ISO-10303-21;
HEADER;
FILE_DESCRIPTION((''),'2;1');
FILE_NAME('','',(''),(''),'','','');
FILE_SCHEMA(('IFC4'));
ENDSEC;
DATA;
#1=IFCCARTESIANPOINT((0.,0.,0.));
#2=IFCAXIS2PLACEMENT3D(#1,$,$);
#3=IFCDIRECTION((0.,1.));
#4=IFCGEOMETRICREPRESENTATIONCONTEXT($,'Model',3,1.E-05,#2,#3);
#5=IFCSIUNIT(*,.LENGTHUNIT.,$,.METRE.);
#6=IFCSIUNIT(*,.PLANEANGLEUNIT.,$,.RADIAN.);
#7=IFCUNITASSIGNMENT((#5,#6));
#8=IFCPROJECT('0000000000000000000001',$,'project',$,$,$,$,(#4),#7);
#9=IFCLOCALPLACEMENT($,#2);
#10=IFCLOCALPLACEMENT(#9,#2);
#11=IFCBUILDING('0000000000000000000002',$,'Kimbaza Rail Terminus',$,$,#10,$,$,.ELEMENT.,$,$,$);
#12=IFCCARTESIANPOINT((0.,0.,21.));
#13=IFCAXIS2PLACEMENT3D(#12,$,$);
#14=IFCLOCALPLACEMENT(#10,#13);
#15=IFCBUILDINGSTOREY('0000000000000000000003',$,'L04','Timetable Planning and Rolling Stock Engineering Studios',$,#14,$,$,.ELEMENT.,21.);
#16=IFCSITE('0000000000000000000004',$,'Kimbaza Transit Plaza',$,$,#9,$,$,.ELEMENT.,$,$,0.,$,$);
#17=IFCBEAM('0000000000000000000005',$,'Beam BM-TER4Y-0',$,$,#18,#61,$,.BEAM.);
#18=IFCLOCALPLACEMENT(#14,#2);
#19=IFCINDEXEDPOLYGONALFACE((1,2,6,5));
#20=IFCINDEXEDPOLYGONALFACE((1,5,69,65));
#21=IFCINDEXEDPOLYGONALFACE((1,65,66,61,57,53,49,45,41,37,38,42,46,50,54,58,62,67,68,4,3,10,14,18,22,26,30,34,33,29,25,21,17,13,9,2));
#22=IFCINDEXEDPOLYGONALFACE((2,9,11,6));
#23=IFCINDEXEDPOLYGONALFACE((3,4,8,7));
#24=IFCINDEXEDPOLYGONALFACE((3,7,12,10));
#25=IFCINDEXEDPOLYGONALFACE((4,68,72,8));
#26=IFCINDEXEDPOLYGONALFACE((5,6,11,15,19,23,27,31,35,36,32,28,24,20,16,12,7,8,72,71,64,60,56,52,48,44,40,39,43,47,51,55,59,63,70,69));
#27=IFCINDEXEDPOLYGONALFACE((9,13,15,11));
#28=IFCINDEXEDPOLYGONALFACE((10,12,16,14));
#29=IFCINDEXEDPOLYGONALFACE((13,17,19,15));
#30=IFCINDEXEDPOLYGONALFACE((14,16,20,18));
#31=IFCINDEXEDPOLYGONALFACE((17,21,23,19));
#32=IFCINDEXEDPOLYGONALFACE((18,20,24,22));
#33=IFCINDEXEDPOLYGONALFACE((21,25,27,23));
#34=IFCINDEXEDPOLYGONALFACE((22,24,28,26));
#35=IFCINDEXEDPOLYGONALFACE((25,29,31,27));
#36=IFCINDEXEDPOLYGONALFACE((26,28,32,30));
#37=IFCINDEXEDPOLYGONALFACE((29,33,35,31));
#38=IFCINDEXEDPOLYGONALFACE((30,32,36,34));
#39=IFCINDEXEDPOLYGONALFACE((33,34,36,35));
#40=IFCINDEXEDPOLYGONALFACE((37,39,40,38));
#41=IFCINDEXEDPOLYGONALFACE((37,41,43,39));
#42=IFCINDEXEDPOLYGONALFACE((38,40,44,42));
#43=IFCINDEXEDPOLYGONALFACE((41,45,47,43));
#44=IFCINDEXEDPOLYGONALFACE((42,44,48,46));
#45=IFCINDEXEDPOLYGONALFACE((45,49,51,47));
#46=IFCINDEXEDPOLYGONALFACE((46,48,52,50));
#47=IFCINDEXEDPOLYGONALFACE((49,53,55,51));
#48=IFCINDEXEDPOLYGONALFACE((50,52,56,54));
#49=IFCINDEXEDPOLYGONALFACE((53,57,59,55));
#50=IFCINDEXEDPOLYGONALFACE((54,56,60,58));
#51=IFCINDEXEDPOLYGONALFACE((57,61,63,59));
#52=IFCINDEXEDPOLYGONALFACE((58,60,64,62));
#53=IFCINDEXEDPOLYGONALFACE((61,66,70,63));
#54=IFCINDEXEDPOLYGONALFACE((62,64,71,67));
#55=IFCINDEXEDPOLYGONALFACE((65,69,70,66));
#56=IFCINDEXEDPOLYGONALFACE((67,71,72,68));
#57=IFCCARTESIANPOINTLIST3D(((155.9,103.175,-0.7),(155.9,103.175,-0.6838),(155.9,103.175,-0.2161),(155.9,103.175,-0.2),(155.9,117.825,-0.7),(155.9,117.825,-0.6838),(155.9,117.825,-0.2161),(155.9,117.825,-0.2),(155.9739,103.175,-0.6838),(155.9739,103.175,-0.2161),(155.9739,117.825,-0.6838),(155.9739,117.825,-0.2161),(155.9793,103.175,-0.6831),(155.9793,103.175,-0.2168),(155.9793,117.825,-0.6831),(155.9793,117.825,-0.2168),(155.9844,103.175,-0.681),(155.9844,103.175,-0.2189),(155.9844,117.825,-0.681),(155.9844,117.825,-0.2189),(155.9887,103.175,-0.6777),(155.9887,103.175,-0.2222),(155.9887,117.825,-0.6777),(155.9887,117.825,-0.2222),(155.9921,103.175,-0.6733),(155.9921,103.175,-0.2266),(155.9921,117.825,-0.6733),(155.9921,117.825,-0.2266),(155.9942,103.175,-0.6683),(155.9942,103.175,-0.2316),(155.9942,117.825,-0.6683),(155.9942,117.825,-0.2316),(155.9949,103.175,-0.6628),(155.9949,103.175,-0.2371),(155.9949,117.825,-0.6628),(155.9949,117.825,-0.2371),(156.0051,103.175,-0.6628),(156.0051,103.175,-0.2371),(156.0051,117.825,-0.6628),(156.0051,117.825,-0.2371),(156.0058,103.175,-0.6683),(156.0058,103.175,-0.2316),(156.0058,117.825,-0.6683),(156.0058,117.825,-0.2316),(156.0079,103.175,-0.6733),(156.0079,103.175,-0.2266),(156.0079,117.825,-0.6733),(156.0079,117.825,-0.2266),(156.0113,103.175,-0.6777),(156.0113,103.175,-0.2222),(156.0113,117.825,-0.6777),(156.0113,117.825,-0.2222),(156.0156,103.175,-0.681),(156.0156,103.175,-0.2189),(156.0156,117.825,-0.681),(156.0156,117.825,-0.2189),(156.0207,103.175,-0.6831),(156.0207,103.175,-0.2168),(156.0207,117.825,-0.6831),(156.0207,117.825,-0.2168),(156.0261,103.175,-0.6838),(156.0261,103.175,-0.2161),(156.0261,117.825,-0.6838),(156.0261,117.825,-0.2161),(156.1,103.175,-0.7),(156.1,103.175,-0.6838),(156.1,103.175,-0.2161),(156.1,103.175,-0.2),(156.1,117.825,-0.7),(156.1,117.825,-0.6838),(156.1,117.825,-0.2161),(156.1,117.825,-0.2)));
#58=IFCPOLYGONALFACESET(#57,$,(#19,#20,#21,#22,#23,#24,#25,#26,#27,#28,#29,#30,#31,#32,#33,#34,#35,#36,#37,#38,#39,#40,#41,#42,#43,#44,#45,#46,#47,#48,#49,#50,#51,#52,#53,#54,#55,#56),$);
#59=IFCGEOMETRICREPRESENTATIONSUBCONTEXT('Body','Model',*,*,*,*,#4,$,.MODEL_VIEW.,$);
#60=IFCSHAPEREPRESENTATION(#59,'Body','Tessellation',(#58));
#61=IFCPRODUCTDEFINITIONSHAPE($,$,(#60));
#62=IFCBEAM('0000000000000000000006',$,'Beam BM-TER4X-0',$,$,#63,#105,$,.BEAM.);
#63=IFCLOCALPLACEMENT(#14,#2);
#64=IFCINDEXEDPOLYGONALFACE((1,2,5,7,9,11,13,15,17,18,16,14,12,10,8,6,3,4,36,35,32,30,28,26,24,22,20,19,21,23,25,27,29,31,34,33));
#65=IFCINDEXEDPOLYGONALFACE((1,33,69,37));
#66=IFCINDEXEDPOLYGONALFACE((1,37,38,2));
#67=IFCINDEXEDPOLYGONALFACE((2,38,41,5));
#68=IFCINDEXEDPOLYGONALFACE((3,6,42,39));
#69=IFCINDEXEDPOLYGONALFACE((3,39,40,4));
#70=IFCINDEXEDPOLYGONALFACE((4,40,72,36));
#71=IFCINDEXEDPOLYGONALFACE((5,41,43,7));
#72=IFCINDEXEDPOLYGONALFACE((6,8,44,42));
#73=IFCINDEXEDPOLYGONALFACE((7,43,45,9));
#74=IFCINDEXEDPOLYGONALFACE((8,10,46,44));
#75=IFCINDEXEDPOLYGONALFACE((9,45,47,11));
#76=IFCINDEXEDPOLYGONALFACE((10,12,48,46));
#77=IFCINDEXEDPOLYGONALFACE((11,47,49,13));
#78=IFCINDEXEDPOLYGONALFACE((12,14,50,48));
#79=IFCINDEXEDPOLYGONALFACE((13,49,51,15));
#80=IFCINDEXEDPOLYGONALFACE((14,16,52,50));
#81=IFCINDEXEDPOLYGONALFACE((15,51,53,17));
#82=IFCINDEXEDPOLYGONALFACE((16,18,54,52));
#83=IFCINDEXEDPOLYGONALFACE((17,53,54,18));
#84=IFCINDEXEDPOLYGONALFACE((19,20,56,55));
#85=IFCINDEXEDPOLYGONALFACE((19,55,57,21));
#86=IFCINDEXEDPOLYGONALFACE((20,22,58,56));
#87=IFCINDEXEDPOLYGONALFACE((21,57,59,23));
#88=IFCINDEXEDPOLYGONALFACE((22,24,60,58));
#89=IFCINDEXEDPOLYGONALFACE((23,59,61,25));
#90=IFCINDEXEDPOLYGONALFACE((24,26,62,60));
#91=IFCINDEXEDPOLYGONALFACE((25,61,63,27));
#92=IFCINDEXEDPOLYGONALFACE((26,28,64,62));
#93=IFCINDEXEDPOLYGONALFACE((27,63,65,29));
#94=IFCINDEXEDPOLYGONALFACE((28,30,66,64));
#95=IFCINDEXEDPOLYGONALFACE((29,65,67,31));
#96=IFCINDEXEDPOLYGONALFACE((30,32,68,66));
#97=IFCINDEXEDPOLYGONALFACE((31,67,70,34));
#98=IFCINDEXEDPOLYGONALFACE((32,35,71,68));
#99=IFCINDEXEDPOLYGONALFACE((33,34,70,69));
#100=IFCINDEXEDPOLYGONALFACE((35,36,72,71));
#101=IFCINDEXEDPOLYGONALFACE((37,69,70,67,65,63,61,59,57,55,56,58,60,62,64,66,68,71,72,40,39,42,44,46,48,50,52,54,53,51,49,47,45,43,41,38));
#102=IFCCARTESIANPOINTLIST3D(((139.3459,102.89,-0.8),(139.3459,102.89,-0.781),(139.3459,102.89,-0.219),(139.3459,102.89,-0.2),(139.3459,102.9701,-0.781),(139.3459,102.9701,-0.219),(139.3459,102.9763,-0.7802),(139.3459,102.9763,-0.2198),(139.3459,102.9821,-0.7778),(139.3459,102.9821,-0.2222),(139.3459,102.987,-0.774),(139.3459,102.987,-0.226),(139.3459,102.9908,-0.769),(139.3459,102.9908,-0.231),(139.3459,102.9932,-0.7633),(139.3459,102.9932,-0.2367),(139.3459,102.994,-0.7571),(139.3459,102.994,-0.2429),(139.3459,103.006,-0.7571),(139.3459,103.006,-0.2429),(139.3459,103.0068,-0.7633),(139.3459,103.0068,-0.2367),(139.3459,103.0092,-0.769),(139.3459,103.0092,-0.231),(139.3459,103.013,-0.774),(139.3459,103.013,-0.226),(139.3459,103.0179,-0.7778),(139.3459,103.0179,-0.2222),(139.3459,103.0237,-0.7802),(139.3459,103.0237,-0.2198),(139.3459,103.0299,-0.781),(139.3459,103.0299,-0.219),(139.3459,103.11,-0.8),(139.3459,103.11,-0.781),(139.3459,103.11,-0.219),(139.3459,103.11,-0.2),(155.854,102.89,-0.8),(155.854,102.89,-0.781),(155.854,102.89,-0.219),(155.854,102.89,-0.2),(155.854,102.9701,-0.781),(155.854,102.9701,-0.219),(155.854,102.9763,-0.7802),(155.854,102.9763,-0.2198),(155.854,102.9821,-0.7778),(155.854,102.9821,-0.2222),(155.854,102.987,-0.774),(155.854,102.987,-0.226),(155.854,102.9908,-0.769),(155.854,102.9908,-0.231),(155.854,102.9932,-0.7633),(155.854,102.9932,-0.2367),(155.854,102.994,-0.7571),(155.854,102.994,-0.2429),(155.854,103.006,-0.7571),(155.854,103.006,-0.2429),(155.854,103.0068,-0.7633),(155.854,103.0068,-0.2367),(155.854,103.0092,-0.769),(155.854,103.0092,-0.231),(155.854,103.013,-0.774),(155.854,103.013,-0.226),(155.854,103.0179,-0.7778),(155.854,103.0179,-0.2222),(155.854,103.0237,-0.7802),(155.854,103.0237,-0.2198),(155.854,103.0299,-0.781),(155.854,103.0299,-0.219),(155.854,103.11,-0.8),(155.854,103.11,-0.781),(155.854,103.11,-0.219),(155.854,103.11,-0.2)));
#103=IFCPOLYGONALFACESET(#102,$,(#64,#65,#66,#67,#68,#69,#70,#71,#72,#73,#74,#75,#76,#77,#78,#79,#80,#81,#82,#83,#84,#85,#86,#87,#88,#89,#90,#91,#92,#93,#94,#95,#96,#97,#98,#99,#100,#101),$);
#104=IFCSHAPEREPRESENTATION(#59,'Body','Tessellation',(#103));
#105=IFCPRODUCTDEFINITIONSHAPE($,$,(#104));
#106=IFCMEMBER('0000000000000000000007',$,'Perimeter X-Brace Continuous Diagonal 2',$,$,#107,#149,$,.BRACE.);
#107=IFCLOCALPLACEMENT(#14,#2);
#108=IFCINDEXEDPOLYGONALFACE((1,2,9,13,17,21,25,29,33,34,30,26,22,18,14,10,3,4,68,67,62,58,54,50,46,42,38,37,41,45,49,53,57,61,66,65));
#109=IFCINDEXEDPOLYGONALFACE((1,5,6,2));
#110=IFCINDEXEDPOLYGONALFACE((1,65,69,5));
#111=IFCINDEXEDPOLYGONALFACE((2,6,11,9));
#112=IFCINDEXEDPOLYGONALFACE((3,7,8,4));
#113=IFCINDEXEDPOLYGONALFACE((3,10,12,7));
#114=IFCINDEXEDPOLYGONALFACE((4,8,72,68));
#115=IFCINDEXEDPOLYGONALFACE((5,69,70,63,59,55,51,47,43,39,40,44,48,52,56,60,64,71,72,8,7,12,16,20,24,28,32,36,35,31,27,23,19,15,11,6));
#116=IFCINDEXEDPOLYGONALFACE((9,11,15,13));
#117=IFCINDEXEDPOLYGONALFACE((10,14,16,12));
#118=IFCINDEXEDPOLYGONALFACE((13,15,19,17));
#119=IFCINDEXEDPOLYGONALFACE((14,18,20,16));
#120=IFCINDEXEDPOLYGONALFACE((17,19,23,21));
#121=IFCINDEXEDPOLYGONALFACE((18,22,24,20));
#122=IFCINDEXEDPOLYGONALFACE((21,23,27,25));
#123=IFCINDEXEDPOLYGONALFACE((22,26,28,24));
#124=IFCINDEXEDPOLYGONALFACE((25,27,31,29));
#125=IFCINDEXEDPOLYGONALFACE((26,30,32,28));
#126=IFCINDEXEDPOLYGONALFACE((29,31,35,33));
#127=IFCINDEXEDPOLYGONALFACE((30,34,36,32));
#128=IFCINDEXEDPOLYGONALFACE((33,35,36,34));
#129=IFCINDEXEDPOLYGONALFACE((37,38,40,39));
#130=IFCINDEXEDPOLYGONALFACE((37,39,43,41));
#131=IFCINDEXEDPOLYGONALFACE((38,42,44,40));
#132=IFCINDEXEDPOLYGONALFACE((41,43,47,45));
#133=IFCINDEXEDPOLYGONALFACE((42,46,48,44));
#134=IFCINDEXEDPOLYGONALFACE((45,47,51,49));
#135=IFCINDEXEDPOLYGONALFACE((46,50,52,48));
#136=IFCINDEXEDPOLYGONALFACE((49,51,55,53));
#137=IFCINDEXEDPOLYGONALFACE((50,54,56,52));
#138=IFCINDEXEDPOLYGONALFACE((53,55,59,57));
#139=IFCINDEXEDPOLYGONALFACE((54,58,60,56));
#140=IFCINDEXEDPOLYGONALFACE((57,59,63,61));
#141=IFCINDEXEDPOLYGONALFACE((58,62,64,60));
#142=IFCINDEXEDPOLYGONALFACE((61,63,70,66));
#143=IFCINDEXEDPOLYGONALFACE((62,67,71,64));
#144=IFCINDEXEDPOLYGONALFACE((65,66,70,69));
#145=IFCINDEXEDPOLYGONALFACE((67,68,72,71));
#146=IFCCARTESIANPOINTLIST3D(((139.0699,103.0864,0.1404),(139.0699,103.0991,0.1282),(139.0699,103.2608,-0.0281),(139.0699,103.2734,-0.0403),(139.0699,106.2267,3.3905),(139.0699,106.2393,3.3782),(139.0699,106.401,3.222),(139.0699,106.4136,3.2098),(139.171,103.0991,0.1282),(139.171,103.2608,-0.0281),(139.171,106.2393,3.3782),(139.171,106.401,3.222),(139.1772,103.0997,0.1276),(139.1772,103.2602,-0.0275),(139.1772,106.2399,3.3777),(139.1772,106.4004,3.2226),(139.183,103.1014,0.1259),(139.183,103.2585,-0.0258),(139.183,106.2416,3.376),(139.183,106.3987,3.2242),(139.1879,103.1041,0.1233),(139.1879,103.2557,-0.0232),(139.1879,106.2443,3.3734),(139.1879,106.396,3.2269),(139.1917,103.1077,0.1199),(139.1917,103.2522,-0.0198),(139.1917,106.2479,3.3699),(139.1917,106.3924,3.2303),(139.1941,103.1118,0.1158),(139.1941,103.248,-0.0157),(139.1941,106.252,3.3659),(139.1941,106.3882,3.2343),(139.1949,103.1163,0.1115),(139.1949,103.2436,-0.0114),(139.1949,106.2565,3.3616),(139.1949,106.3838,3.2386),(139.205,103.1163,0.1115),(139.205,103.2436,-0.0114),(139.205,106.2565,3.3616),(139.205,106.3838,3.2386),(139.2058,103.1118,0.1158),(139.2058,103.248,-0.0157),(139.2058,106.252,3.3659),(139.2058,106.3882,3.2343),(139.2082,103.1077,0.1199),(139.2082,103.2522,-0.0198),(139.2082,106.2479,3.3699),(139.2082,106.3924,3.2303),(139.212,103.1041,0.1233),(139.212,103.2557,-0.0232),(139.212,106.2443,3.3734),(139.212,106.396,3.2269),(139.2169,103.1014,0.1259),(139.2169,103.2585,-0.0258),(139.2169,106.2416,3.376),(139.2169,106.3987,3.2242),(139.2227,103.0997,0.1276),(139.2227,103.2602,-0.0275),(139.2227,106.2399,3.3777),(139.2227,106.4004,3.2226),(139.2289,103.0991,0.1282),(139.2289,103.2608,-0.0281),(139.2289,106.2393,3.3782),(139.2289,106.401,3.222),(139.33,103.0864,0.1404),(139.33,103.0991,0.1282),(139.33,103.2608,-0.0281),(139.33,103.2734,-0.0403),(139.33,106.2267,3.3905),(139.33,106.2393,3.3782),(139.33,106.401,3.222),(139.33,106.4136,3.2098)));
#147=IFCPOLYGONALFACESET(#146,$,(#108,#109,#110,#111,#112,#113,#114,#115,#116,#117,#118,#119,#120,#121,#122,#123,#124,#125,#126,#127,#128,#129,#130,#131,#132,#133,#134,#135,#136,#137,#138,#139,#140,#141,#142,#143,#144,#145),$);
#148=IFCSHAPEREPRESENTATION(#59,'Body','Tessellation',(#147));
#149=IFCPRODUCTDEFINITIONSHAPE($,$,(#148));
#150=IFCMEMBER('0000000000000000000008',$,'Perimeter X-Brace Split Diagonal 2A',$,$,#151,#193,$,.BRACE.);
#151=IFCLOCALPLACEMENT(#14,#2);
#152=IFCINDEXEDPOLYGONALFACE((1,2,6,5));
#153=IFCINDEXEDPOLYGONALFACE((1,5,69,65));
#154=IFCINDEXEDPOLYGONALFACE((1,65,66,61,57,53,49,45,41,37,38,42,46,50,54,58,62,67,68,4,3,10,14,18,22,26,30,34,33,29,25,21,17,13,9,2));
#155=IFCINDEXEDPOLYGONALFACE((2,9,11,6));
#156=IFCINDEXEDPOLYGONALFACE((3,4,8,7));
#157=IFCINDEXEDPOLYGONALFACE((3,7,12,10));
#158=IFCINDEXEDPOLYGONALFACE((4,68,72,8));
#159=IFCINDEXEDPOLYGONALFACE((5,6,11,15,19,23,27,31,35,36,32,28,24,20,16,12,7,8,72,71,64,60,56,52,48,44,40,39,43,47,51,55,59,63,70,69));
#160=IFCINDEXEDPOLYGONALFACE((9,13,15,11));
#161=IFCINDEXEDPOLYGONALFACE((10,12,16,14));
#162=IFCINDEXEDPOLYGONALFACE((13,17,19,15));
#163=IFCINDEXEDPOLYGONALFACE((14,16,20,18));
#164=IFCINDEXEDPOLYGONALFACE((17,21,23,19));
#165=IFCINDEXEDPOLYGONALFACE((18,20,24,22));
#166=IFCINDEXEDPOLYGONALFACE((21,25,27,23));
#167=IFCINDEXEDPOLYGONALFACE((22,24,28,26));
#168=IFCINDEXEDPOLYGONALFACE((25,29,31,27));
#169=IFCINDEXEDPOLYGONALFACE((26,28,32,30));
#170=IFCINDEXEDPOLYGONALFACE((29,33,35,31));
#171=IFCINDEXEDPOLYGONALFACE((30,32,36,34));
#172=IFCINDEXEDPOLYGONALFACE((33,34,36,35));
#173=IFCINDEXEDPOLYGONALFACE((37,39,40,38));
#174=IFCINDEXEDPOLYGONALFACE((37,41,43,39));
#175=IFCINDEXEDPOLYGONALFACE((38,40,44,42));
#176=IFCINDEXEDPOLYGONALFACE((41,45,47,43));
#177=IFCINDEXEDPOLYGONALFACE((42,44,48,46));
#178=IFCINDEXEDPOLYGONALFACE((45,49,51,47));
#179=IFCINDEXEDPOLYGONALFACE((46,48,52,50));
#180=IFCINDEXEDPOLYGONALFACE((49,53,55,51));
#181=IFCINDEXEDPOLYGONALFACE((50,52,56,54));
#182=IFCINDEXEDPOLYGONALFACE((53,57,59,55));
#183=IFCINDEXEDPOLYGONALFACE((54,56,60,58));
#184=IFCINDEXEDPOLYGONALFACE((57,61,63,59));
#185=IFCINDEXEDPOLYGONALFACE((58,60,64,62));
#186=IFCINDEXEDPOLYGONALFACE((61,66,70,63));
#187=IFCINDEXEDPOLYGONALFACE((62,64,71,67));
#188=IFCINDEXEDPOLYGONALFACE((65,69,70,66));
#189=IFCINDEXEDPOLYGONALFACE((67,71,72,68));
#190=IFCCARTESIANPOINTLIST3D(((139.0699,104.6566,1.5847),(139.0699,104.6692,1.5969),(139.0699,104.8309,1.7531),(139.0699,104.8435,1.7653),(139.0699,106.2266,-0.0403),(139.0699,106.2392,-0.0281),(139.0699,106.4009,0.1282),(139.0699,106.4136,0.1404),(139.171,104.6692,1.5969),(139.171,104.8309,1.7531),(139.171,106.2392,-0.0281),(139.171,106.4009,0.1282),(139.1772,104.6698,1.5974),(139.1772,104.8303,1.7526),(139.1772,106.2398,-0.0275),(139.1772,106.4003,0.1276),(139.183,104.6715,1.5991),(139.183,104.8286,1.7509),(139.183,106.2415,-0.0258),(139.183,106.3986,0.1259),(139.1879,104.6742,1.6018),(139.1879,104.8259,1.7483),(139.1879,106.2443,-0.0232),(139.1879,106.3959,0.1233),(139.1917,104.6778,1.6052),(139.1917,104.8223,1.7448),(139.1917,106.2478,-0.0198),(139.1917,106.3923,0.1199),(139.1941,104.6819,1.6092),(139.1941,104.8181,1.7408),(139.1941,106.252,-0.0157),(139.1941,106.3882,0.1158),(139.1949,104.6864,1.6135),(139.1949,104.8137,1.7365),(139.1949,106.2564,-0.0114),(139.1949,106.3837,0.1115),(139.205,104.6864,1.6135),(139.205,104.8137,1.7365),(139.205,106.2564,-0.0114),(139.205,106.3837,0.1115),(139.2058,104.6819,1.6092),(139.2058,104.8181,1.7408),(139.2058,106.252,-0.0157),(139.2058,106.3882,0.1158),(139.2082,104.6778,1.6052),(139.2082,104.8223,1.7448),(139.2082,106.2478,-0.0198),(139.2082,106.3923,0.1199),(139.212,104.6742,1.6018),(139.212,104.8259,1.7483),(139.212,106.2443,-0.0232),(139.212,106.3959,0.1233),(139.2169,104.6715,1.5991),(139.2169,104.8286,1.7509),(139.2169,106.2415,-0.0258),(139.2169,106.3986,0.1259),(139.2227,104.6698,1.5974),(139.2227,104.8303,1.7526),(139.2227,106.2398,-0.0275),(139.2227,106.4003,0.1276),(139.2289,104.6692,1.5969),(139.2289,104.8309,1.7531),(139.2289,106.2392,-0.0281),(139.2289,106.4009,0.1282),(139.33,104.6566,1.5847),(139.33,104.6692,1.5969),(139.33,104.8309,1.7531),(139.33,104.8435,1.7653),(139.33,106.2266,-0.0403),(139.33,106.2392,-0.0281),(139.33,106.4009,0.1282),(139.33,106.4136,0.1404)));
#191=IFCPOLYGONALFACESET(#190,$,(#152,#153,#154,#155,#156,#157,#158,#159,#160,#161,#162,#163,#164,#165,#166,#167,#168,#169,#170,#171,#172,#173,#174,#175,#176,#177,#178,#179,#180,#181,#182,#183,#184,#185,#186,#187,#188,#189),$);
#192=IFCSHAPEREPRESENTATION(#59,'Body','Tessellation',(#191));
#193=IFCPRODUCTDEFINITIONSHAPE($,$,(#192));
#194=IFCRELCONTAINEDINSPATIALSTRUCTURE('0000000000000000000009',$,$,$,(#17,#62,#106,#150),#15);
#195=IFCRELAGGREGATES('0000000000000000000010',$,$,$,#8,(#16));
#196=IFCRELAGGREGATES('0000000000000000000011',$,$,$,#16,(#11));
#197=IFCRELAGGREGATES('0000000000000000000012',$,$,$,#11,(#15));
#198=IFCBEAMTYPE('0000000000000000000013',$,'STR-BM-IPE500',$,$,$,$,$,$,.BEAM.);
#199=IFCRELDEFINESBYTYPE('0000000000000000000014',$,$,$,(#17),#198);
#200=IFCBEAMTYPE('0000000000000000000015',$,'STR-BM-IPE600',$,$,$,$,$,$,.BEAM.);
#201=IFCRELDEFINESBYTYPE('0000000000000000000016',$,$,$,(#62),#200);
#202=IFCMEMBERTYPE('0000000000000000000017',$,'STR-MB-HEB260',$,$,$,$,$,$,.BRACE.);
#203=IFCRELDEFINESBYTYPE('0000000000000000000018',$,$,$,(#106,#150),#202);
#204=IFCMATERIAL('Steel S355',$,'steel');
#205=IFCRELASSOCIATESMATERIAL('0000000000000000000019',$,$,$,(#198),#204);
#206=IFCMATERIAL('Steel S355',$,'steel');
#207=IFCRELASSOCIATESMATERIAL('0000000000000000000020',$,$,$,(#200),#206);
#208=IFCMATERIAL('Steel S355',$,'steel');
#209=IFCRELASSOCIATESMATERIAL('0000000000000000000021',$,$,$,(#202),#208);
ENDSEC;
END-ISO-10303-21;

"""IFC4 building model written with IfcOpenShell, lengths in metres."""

from ifc_helpers import new_model, si_unit, direction, frame, origin, origin_2d, place, context, subcontext, project, spatial, i_section, extrude, material, material_profile, profile_set, type_object, element, save


model = new_model("IFC4")

# Units and contexts
model_context = context("Model", 3, precision=1e-05, world=origin(), true_north=direction((0.0, 1.0)))
body_context = subcontext(model_context, "Body", "Model", "MODEL_VIEW")
ifc_project = project(units=[si_unit("LENGTHUNIT", "METRE"), si_unit("PLANEANGLEUNIT", "RADIAN")], contexts=[model_context])

# Site, building, storey
site_placement = place(None, origin())
site = spatial("IfcSite", under=ifc_project, at=site_placement, Name="Kimbaza Transit Plaza", CompositionType="ELEMENT", RefElevation=0.0)
building_placement = place(site_placement, origin())
building = spatial("IfcBuilding", under=site, at=building_placement, Name="Kimbaza Rail Terminus", CompositionType="ELEMENT")
storey_placement = place(building_placement, frame((0.0, 0.0, 21.0)))
storey = spatial("IfcBuildingStorey", under=building, at=storey_placement, Name="L04", Description="Timetable Planning and Rolling Stock Engineering Studios", CompositionType="ELEMENT", Elevation=21.0)

# Beams
ifc_material_1 = material(Name="Steel S355", Category="steel")
ifc_material_profile_1 = material_profile(ifc_material_1, i_section(OverallWidth=0.2, OverallDepth=0.5, WebThickness=0.0103, FlangeThickness=0.0161, FilletRadius=0.021, at=origin_2d()), Name="IPE 500")
ifc_profile_set_1 = profile_set([ifc_material_profile_1], Name="Steel S355")
beam_type_1 = type_object("IfcBeamType", Name="STR-BM-IPE500", PredefinedType="BEAM", material=ifc_profile_set_1)
beam_1_placement = place(storey_placement, frame((156.0, 103.175, -0.45), z_axis=(0.0, 1.0, 0.0), x_axis=(-1.0, 0.0, 0.0)))
element("IfcBeam", 1, at=beam_1_placement, inside=storey, type_object=beam_type_1, Name="Beam BM-TER4Y-0", PredefinedType="BEAM", context=body_context, shape_type="SweptSolid", body=[
    extrude(i_section(OverallWidth=0.2, OverallDepth=0.5, WebThickness=0.0103, FlangeThickness=0.0161, FilletRadius=0.021, at=origin_2d()), origin(), (0.0, 0.0, 1.0), 14.6499),
])
ifc_material_2 = material(Name="Steel S355", Category="steel")
ifc_material_profile_2 = material_profile(ifc_material_2, i_section(OverallWidth=0.22, OverallDepth=0.6001, WebThickness=0.012, FlangeThickness=0.019, FilletRadius=0.0239, at=origin_2d()), Name="IPE 600")
ifc_profile_set_2 = profile_set([ifc_material_profile_2], Name="Steel S355")
beam_type_2 = type_object("IfcBeamType", Name="STR-BM-IPE600", PredefinedType="BEAM", material=ifc_profile_set_2)
beam_2_placement = place(storey_placement, frame((139.3459, 103.0, -0.5), z_axis=(1.0, 0.0, 0.0), x_axis=(0.0, 1.0, 0.0)))
element("IfcBeam", 2, at=beam_2_placement, inside=storey, type_object=beam_type_2, Name="Beam BM-TER4X-0", PredefinedType="BEAM", context=body_context, shape_type="SweptSolid", body=[
    extrude(i_section(OverallWidth=0.22, OverallDepth=0.6001, WebThickness=0.012, FlangeThickness=0.019, FilletRadius=0.0239, at=origin_2d()), origin(), (0.0, 0.0, 1.0), 16.5081),
])

# Members
ifc_material_3 = material(Name="Steel S355", Category="steel")
ifc_material_profile_3 = material_profile(ifc_material_3, i_section(OverallWidth=0.26, OverallDepth=0.26, WebThickness=0.01, FlangeThickness=0.0176, FilletRadius=0.0239, at=origin_2d()), Name="HEB 260")
ifc_profile_set_3 = profile_set([ifc_material_profile_3], Name="Steel S355")
member_type_1 = type_object("IfcMemberType", Name="STR-MB-HEB260", PredefinedType="BRACE", material=ifc_profile_set_3)
member_1_placement = place(storey_placement, frame((139.2, 103.1799, 0.05), z_axis=(0.0, 0.694847, 0.719158), x_axis=(-1.0, 0.0, 0.0)))
element("IfcMember", 3, at=member_1_placement, inside=storey, type_object=member_type_1, Name="Perimeter X-Brace Continuous Diagonal 2", PredefinedType="BRACE", context=body_context, shape_type="SweptSolid", body=[
    extrude(i_section(OverallWidth=0.26, OverallDepth=0.26, WebThickness=0.01, FlangeThickness=0.0176, FilletRadius=0.0239, at=origin_2d()), origin(), (0.0, 0.0, 1.0), 4.5193),
])
for number, where, z_axis, x_axis, name in (
    (4, (139.2, 106.3201, 0.05), (0.0, -0.694847, 0.719158), (1.0, 0.0, 0.0), "Perimeter X-Brace Split Diagonal 2A"),
):
    element("IfcMember", number, at=place(storey_placement, frame(where, z_axis=z_axis, x_axis=x_axis)), inside=storey, type_object=member_type_1, Name=name, PredefinedType="BRACE", context=body_context, shape_type="SweptSolid", body=[
        extrude(i_section(OverallWidth=0.26, OverallDepth=0.26, WebThickness=0.01, FlangeThickness=0.0176, FilletRadius=0.0239, at=origin_2d()), origin(), (0.0, 0.0, 1.0), 2.2595),
    ])

save(model, "model.ifc")
